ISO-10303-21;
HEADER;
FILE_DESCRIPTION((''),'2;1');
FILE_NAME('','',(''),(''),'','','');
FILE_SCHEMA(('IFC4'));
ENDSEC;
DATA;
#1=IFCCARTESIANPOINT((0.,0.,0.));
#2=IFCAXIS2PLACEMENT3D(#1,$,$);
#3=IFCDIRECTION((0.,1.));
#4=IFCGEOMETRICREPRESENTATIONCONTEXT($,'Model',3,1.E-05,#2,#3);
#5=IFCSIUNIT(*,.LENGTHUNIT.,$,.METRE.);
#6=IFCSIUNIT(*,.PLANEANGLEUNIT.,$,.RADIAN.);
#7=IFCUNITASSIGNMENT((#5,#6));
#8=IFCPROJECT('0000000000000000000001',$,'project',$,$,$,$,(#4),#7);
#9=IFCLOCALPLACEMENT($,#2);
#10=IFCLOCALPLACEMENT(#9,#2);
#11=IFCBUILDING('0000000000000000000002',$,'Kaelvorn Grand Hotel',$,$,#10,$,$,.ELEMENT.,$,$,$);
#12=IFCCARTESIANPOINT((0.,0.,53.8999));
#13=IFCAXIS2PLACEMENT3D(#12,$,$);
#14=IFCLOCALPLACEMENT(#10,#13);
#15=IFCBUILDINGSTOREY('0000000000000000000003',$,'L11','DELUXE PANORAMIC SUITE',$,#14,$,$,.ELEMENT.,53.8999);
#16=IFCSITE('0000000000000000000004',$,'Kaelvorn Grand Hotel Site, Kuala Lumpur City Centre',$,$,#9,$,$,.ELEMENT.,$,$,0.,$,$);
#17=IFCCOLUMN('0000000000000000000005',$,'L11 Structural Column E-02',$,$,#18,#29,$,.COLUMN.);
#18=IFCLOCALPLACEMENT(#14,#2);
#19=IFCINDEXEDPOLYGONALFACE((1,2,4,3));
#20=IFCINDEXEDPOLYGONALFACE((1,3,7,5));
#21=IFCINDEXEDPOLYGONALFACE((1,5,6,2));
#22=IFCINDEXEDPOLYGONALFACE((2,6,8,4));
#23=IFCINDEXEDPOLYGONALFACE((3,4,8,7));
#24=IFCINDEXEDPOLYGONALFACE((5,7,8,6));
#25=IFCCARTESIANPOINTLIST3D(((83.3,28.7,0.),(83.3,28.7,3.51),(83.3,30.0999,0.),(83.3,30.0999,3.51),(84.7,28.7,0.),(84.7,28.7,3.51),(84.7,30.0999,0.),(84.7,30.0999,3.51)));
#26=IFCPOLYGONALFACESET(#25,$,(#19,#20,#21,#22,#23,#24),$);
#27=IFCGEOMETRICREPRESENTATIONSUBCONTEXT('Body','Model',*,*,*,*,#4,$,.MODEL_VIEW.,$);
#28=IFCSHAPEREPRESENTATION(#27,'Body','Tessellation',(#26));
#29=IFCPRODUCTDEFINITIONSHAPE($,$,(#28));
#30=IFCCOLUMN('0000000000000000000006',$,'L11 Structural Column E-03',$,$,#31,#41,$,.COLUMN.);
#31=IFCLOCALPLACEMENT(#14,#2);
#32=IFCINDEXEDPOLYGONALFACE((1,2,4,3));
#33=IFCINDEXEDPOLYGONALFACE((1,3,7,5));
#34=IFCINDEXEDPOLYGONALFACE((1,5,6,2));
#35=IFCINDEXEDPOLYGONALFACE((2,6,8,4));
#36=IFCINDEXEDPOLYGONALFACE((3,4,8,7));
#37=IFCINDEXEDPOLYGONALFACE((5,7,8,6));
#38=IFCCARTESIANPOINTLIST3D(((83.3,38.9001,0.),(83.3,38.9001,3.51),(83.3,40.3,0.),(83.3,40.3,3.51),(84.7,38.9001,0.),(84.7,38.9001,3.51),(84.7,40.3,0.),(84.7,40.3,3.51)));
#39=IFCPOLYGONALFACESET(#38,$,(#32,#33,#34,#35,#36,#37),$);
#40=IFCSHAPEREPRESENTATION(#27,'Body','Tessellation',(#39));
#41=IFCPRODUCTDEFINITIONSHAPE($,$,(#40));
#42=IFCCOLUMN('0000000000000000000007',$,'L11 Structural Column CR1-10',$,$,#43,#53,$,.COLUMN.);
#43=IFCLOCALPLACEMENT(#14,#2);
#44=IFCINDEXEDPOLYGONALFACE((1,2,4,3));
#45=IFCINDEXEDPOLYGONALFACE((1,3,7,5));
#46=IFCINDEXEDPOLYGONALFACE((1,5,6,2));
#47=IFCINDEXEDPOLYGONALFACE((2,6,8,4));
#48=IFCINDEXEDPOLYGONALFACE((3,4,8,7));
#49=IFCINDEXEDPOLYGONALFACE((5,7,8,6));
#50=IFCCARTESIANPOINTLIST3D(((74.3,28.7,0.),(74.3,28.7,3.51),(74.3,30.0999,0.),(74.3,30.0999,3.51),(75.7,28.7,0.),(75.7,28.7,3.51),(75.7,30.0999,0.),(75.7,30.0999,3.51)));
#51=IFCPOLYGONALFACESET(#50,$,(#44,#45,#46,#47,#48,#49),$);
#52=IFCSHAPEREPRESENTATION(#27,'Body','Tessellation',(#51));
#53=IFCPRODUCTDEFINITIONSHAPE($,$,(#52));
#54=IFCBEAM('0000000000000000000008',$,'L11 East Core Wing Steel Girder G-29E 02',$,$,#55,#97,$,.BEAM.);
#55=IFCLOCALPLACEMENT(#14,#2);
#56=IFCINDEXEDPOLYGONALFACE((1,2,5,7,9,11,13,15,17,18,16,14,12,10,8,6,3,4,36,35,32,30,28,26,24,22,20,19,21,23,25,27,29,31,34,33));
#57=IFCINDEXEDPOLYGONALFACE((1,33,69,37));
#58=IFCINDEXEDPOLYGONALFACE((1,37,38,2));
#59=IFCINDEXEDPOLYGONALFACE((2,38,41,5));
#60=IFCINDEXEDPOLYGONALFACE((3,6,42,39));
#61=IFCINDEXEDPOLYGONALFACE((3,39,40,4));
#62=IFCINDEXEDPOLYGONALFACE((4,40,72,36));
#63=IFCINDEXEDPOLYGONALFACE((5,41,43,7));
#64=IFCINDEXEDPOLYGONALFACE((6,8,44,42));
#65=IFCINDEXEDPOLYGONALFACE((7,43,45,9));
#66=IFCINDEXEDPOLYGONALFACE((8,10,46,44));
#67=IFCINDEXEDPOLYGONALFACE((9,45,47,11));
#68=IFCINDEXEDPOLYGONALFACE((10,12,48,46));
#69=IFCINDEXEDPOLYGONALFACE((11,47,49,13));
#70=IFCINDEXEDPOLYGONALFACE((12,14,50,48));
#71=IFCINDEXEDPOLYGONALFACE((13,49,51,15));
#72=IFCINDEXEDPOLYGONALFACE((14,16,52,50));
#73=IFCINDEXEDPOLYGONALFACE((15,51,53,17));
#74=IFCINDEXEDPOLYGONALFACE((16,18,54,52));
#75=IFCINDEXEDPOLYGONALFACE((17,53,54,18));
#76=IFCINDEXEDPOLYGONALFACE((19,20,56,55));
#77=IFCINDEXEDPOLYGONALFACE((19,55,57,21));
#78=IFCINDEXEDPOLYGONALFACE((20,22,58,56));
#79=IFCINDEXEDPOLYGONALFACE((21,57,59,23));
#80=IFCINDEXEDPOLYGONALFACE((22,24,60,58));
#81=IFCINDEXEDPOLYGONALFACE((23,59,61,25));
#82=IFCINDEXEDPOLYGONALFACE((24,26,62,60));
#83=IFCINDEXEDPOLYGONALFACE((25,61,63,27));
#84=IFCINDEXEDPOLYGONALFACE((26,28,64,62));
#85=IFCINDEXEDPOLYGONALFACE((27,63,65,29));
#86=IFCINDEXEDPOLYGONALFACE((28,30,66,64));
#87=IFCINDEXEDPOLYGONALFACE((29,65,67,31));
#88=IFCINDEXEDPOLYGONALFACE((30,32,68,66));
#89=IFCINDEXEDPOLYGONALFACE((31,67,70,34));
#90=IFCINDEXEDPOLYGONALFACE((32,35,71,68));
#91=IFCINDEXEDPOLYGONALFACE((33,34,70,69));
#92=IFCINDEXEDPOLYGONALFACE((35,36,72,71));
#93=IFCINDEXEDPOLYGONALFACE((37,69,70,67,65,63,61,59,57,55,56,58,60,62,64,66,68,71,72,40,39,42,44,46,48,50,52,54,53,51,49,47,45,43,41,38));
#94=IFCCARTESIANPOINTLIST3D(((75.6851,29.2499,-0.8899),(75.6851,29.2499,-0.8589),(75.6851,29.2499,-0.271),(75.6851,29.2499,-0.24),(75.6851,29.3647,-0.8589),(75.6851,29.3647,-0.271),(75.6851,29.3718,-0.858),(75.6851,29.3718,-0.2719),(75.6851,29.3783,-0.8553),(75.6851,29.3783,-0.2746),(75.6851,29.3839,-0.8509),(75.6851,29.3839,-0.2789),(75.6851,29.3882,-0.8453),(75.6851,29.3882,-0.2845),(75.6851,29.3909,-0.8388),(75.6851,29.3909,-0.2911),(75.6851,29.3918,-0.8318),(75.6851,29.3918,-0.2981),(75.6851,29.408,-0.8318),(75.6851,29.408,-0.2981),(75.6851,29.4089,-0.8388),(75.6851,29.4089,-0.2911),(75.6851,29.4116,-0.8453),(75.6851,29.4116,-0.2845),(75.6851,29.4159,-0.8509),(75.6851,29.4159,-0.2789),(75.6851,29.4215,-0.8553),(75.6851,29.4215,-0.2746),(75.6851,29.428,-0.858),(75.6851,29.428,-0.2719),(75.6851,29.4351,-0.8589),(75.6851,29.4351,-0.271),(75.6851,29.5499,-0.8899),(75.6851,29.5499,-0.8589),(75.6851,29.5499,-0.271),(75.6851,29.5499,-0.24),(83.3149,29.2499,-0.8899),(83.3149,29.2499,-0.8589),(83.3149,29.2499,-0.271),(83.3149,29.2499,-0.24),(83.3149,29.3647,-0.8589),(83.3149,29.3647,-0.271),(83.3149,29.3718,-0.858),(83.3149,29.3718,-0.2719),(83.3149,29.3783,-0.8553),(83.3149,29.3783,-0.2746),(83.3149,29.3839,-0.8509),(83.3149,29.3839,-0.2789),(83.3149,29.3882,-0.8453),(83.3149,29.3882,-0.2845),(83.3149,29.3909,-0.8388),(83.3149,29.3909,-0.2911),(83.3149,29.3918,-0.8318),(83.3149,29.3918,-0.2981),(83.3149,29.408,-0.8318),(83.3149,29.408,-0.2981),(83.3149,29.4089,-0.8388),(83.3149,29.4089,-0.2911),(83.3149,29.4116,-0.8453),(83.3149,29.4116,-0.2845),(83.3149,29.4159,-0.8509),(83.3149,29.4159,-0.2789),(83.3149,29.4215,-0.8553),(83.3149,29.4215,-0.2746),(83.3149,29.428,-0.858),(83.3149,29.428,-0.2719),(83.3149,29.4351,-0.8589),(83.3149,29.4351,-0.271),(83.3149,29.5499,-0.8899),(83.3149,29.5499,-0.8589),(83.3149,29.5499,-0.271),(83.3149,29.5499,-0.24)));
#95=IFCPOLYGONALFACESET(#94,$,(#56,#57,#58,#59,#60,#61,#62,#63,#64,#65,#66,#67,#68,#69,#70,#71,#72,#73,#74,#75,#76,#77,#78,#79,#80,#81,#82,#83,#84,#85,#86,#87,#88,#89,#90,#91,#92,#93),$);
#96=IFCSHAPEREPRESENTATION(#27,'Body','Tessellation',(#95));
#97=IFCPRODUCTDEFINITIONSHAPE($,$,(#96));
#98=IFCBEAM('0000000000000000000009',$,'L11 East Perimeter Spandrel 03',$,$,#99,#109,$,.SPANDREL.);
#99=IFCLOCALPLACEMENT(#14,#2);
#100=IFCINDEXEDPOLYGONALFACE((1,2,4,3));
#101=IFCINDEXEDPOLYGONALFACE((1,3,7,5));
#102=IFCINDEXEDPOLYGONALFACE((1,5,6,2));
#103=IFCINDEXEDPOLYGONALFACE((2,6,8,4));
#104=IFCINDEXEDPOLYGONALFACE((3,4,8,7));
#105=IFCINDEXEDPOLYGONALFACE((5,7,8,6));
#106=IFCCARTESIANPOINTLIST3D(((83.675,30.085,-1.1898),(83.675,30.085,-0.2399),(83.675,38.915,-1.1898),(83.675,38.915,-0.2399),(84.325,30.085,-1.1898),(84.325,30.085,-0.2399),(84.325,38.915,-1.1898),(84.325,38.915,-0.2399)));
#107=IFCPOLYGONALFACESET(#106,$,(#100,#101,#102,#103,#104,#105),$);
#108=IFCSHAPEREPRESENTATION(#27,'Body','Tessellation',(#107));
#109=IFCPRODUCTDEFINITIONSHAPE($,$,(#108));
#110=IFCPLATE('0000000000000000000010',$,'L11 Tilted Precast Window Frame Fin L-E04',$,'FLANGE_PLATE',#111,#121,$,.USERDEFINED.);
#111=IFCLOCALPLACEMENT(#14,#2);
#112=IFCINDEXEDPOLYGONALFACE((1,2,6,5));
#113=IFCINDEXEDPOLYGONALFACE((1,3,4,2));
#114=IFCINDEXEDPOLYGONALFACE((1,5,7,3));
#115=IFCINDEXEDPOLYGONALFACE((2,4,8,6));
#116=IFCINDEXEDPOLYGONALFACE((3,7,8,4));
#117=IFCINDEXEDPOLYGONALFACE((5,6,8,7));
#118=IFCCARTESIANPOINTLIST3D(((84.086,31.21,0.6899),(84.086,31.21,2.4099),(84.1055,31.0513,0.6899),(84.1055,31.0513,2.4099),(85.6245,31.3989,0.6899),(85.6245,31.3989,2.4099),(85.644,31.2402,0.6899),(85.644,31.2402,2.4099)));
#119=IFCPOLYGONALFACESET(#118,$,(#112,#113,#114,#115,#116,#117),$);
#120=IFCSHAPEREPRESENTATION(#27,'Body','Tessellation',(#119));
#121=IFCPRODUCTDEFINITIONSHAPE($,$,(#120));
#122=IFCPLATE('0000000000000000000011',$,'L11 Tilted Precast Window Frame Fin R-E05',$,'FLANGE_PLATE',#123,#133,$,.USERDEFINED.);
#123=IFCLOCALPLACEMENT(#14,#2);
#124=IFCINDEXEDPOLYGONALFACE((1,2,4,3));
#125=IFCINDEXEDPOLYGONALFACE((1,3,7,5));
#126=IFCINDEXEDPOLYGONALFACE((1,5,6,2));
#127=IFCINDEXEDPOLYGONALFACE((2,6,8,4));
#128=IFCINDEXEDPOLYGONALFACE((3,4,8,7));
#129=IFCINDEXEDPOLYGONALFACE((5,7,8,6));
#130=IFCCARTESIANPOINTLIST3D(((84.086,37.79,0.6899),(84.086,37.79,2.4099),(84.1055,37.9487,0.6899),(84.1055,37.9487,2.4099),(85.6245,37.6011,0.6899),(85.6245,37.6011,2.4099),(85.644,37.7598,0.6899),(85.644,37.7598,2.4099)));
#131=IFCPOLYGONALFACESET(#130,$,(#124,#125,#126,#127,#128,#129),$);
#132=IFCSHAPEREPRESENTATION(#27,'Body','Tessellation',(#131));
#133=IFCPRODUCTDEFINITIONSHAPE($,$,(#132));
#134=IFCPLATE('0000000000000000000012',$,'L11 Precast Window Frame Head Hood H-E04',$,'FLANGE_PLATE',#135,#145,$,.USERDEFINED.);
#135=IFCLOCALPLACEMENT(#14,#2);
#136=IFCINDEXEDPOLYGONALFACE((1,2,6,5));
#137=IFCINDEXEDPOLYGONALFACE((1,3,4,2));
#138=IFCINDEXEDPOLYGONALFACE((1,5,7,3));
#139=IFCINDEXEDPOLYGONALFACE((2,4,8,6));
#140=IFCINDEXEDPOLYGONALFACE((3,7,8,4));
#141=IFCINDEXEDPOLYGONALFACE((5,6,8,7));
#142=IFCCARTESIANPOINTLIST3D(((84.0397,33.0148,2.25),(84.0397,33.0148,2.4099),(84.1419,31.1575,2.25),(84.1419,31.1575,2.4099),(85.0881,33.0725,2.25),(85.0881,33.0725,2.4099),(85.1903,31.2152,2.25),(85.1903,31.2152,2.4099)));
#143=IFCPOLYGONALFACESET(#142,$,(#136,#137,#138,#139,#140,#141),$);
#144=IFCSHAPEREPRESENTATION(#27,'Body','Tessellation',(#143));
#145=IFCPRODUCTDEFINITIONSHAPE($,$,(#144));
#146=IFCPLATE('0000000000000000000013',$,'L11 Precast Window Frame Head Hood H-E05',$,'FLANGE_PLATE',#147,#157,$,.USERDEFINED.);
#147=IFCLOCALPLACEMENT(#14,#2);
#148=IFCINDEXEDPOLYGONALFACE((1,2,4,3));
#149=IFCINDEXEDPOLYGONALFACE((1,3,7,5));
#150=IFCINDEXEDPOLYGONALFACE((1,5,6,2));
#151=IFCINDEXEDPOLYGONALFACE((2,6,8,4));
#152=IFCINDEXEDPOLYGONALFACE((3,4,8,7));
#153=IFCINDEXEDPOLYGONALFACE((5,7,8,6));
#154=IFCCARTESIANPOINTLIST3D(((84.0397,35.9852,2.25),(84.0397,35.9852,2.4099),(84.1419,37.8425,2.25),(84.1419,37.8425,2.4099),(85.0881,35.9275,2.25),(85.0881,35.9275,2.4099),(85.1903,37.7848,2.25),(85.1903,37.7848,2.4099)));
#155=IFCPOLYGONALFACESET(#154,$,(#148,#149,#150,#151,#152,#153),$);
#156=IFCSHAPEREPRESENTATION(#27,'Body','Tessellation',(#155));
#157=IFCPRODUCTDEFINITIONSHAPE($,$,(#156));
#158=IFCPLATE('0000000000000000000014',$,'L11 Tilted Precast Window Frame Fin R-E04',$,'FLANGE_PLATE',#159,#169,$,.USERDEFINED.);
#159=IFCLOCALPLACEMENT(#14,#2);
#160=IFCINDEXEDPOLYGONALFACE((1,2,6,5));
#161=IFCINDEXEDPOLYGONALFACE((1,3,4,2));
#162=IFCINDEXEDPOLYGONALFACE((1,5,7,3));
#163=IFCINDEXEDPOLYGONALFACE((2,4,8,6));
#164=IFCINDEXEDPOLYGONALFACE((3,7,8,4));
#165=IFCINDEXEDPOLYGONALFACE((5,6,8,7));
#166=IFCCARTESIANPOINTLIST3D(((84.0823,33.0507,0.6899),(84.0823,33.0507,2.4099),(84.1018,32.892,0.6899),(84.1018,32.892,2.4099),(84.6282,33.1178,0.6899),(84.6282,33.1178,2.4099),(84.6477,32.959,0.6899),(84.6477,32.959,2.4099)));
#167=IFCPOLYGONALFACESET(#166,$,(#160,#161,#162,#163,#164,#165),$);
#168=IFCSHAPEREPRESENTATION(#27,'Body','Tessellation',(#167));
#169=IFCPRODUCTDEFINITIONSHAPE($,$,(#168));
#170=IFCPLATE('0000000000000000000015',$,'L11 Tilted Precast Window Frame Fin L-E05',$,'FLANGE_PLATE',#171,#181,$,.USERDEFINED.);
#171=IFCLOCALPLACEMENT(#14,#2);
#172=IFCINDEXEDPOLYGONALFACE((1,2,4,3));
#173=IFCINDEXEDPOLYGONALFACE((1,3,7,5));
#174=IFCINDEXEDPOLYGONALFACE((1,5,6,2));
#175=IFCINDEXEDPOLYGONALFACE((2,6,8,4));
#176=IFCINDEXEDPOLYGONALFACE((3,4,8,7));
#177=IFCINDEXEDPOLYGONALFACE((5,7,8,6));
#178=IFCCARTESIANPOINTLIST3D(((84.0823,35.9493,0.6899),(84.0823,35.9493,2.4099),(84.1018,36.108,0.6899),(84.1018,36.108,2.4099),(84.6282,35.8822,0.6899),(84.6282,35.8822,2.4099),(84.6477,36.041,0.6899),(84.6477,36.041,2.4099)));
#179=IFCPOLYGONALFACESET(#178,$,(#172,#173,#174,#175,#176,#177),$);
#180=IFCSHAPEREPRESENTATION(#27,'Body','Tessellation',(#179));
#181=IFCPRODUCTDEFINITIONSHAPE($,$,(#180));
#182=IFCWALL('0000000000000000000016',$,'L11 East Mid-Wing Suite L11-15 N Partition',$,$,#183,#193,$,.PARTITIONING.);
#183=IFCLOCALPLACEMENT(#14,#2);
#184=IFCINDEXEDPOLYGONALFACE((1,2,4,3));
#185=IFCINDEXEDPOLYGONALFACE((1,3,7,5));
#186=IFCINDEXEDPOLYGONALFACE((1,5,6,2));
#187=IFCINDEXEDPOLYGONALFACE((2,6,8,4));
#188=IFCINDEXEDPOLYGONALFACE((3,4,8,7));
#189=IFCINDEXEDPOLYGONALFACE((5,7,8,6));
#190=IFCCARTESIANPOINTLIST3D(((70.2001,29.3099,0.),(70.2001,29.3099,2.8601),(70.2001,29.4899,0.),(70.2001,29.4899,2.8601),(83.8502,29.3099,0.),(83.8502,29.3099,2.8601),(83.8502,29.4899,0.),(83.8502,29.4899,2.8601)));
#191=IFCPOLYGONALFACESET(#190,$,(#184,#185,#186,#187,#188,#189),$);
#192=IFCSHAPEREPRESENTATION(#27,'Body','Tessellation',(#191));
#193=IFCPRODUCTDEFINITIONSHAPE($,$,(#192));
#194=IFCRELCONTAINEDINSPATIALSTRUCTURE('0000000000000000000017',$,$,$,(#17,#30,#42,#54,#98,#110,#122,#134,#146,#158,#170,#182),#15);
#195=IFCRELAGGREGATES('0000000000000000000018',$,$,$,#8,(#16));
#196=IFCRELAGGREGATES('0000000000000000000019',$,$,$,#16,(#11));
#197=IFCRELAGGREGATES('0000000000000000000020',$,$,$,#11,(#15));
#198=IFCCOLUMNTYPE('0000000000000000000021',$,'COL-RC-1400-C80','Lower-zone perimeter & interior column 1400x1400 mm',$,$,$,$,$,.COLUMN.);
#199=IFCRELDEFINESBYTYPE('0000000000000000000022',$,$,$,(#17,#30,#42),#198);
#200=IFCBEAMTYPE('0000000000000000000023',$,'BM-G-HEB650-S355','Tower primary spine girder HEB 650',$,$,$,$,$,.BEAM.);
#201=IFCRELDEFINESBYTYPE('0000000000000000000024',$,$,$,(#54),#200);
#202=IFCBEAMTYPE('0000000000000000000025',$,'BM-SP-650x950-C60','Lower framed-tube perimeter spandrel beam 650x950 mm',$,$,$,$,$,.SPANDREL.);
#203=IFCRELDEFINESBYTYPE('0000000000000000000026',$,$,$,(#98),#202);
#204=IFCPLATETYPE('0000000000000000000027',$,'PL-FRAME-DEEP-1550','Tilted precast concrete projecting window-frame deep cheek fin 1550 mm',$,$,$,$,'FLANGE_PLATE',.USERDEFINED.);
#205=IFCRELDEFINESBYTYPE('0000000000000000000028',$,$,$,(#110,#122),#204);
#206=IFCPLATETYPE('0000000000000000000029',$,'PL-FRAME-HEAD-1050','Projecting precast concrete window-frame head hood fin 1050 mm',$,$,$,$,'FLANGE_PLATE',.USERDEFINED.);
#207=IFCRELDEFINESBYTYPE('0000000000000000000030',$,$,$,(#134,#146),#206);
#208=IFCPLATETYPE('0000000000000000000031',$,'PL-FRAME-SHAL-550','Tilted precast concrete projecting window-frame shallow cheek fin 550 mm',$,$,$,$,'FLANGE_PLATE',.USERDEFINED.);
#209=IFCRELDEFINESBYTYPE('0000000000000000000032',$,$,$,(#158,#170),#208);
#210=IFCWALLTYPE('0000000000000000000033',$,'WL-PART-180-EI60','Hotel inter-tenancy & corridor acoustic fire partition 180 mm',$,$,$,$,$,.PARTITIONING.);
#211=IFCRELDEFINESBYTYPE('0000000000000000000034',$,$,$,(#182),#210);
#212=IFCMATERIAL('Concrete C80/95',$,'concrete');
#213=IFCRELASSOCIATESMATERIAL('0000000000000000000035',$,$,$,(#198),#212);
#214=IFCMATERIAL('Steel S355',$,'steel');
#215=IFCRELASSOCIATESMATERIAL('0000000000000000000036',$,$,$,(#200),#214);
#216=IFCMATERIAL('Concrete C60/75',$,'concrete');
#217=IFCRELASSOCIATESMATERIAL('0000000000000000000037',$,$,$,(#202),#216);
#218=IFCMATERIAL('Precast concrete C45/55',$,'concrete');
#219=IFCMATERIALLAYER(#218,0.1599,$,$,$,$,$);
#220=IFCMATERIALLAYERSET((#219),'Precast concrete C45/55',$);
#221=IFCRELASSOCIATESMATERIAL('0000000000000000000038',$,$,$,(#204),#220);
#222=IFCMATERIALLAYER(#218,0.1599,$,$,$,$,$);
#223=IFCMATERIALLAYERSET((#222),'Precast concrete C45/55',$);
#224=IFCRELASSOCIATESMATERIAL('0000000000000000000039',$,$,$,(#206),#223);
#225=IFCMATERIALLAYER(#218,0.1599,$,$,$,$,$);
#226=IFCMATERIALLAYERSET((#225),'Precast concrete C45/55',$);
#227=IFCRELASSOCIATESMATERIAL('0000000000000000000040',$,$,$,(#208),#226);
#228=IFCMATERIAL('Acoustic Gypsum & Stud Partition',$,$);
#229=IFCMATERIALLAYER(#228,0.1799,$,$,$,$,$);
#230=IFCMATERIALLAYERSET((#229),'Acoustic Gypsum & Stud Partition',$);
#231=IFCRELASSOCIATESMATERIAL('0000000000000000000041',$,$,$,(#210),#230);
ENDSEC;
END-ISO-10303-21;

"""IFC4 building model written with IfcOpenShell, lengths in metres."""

from ifc_helpers import new_model, si_unit, direction, frame, frame_2d, origin, origin_2d, place, context, subcontext, project, spatial, rectangle, i_section, extrude, material, layer, layer_set, material_profile, profile_set, type_object, element, save


model = new_model("IFC4")

# Units and contexts
model_context = context("Model", 3, precision=1e-05, world=origin(), true_north=direction((0.0, 1.0)))
body_context = subcontext(model_context, "Body", "Model", "MODEL_VIEW")
ifc_project = project(units=[si_unit("LENGTHUNIT", "METRE"), si_unit("PLANEANGLEUNIT", "RADIAN")], contexts=[model_context])

# Site, building, storey
site_placement = place(None, origin())
site = spatial("IfcSite", under=ifc_project, at=site_placement, Name="Kaelvorn Grand Hotel Site, Kuala Lumpur City Centre", CompositionType="ELEMENT", RefElevation=0.0)
building_placement = place(site_placement, origin())
building = spatial("IfcBuilding", under=site, at=building_placement, Name="Kaelvorn Grand Hotel", CompositionType="ELEMENT")
storey_placement = place(building_placement, frame((0.0, 0.0, 53.8999)))
storey = spatial("IfcBuildingStorey", under=building, at=storey_placement, Name="L11", Description="DELUXE PANORAMIC SUITE", CompositionType="ELEMENT", Elevation=53.8999)

# Columns
ifc_material_1 = material(Name="Concrete C80/95", Category="concrete")
ifc_material_profile_1 = material_profile(ifc_material_1, rectangle(XDim=1.3999, YDim=1.3999, at=origin_2d()), Name="RC COL 1400x1400")
ifc_profile_set_1 = profile_set([ifc_material_profile_1], Name="Concrete C80/95")
column_type = type_object("IfcColumnType", Name="COL-RC-1400-C80", Description="Lower-zone perimeter & interior column 1400x1400 mm", PredefinedType="COLUMN", material=ifc_profile_set_1)
for number, where, z_axis, x_axis, name in (
    (1, (84.0, 29.3999, 0.0), (0.0, 0.0, 1.0), (1.0, 0.0, 0.0), "L11 Structural Column E-02"),
    (2, (84.0, 39.6001, 0.0), (0.0, 0.0, 1.0), (1.0, 0.0, 0.0), "L11 Structural Column E-03"),
    (3, (75.0, 29.3999, 0.0), (0.0, 0.0, 1.0), (1.0, 0.0, 0.0), "L11 Structural Column CR1-10"),
):
    element("IfcColumn", number, at=place(storey_placement, frame(where, z_axis=z_axis, x_axis=x_axis)), inside=storey, type_object=column_type, Name=name, PredefinedType="COLUMN", context=body_context, shape_type="SweptSolid", body=[
        extrude(rectangle(XDim=1.3999, YDim=1.3999, at=origin_2d()), origin(), (0.0, 0.0, 1.0), 3.51),
    ])

# Beams
ifc_material_2 = material(Name="Steel S355", Category="steel")
ifc_material_profile_2 = material_profile(ifc_material_2, i_section(OverallWidth=0.3, OverallDepth=0.6499, WebThickness=0.0161, FlangeThickness=0.031, FilletRadius=0.0271, at=origin_2d()), Name="HEB 650")
ifc_profile_set_2 = profile_set([ifc_material_profile_2], Name="Steel S355")
beam_type_1 = type_object("IfcBeamType", Name="BM-G-HEB650-S355", Description="Tower primary spine girder HEB 650", PredefinedType="BEAM", material=ifc_profile_set_2)
beam_1_placement = place(storey_placement, frame((75.6851, 29.3999, -0.5649), z_axis=(1.0, 0.0, 0.0), x_axis=(0.0, 1.0, 0.0)))
element("IfcBeam", 4, at=beam_1_placement, inside=storey, type_object=beam_type_1, Name="L11 East Core Wing Steel Girder G-29E 02", PredefinedType="BEAM", context=body_context, shape_type="SweptSolid", body=[
    extrude(i_section(OverallWidth=0.3, OverallDepth=0.6499, WebThickness=0.0161, FlangeThickness=0.031, FilletRadius=0.0271, at=origin_2d()), origin(), (0.0, 0.0, 1.0), 7.6299),
])
ifc_material_3 = material(Name="Concrete C60/75", Category="concrete")
ifc_material_profile_3 = material_profile(ifc_material_3, rectangle(XDim=0.6499, YDim=0.95, at=origin_2d()), Name="RC SPANDREL 650x950")
ifc_profile_set_3 = profile_set([ifc_material_profile_3], Name="Concrete C60/75")
beam_type_2 = type_object("IfcBeamType", Name="BM-SP-650x950-C60", Description="Lower framed-tube perimeter spandrel beam 650x950 mm", PredefinedType="SPANDREL", material=ifc_profile_set_3)
beam_2_placement = place(storey_placement, frame((84.0, 30.085, -0.7148), z_axis=(0.0, 1.0, 0.0), x_axis=(-1.0, 0.0, 0.0)))
element("IfcBeam", 5, at=beam_2_placement, inside=storey, type_object=beam_type_2, Name="L11 East Perimeter Spandrel 03", PredefinedType="SPANDREL", context=body_context, shape_type="SweptSolid", body=[
    extrude(rectangle(XDim=0.6499, YDim=0.95, at=origin_2d()), origin(), (0.0, 0.0, 1.0), 8.8301),
])

# Plates
ifc_material_4 = material(Name="Precast concrete C45/55", Category="concrete")
ifc_layer_1 = layer(ifc_material_4, 0.1599)
ifc_layer_set_1 = layer_set([ifc_layer_1], Name="Precast concrete C45/55")
plate_type_1 = type_object("IfcPlateType", Name="PL-FRAME-DEEP-1550", Description="Tilted precast concrete projecting window-frame deep cheek fin 1550 mm", ElementType="FLANGE_PLATE", PredefinedType="USERDEFINED", material=ifc_layer_set_1)
for number, where, z_axis, x_axis, name in (
    (6, (84.865, 31.2251, 0.6899), (0.0, 0.0, 1.0), (-0.121869, 0.992546, 0.0), "L11 Tilted Precast Window Frame Fin L-E04"),
    (7, (84.865, 37.7749, 0.6899), (0.0, 0.0, 1.0), (0.121869, 0.992546, 0.0), "L11 Tilted Precast Window Frame Fin R-E05"),
):
    element("IfcPlate", number, at=place(storey_placement, frame(where, z_axis=z_axis, x_axis=x_axis)), inside=storey, type_object=plate_type_1, Name=name, ObjectType="FLANGE_PLATE", PredefinedType="USERDEFINED", context=body_context, shape_type="SweptSolid", body=[
        extrude(rectangle(XDim=0.1599, YDim=1.55, at=origin_2d()), origin(), (0.0, 0.0, 1.0), 1.72),
    ])
ifc_layer_2 = layer(ifc_material_4, 0.1599)
ifc_layer_set_2 = layer_set([ifc_layer_2], Name="Precast concrete C45/55")
plate_type_2 = type_object("IfcPlateType", Name="PL-FRAME-HEAD-1050", Description="Projecting precast concrete window-frame head hood fin 1050 mm", ElementType="FLANGE_PLATE", PredefinedType="USERDEFINED", material=ifc_layer_set_2)
for number, where, z_axis, x_axis, name in (
    (8, (84.615, 32.115, 2.25), (0.0, 0.0, 1.0), (-0.05495, 0.998489, 0.0), "L11 Precast Window Frame Head Hood H-E04"),
    (9, (84.615, 36.885, 2.25), (0.0, 0.0, 1.0), (0.05495, 0.998489, 0.0), "L11 Precast Window Frame Head Hood H-E05"),
):
    element("IfcPlate", number, at=place(storey_placement, frame(where, z_axis=z_axis, x_axis=x_axis)), inside=storey, type_object=plate_type_2, Name=name, ObjectType="FLANGE_PLATE", PredefinedType="USERDEFINED", context=body_context, shape_type="SweptSolid", body=[
        extrude(rectangle(XDim=1.8601, YDim=1.05, at=origin_2d()), origin(), (0.0, 0.0, 1.0), 0.1599),
    ])
ifc_layer_3 = layer(ifc_material_4, 0.1599)
ifc_layer_set_3 = layer_set([ifc_layer_3], Name="Precast concrete C45/55")
plate_type_3 = type_object("IfcPlateType", Name="PL-FRAME-SHAL-550", Description="Tilted precast concrete projecting window-frame shallow cheek fin 550 mm", ElementType="FLANGE_PLATE", PredefinedType="USERDEFINED", material=ifc_layer_set_3)
for number, where, z_axis, x_axis, name in (
    (10, (84.365, 33.0049, 0.6899), (0.0, 0.0, 1.0), (-0.121869, 0.992546, 0.0), "L11 Tilted Precast Window Frame Fin R-E04"),
    (11, (84.365, 35.9951, 0.6899), (0.0, 0.0, 1.0), (0.121869, 0.992546, 0.0), "L11 Tilted Precast Window Frame Fin L-E05"),
):
    element("IfcPlate", number, at=place(storey_placement, frame(where, z_axis=z_axis, x_axis=x_axis)), inside=storey, type_object=plate_type_3, Name=name, ObjectType="FLANGE_PLATE", PredefinedType="USERDEFINED", context=body_context, shape_type="SweptSolid", body=[
        extrude(rectangle(XDim=0.1599, YDim=0.55, at=origin_2d()), origin(), (0.0, 0.0, 1.0), 1.72),
    ])

# Wall
ifc_material_5 = material(Name="Acoustic Gypsum & Stud Partition")
ifc_layer_4 = layer(ifc_material_5, 0.1799)
ifc_layer_set_4 = layer_set([ifc_layer_4], Name="Acoustic Gypsum & Stud Partition")
wall_type = type_object("IfcWallType", Name="WL-PART-180-EI60", Description="Hotel inter-tenancy & corridor acoustic fire partition 180 mm", PredefinedType="PARTITIONING", material=ifc_layer_set_4)
wall_1_placement = place(storey_placement, frame((70.2, 29.3999, 0.0), z_axis=(0.0, 0.0, 1.0), x_axis=(1.0, 0.0, 0.0)))
element("IfcWall", 12, at=wall_1_placement, inside=storey, type_object=wall_type, Name="L11 East Mid-Wing Suite L11-15 N Partition", PredefinedType="PARTITIONING", context=body_context, shape_type="SweptSolid", body=[
    extrude(rectangle(XDim=13.6501, YDim=0.1799, at=frame_2d((6.8252, 0.0))), origin(), (0.0, 0.0, 1.0), 2.8601),
])

save(model, "model.ifc")
